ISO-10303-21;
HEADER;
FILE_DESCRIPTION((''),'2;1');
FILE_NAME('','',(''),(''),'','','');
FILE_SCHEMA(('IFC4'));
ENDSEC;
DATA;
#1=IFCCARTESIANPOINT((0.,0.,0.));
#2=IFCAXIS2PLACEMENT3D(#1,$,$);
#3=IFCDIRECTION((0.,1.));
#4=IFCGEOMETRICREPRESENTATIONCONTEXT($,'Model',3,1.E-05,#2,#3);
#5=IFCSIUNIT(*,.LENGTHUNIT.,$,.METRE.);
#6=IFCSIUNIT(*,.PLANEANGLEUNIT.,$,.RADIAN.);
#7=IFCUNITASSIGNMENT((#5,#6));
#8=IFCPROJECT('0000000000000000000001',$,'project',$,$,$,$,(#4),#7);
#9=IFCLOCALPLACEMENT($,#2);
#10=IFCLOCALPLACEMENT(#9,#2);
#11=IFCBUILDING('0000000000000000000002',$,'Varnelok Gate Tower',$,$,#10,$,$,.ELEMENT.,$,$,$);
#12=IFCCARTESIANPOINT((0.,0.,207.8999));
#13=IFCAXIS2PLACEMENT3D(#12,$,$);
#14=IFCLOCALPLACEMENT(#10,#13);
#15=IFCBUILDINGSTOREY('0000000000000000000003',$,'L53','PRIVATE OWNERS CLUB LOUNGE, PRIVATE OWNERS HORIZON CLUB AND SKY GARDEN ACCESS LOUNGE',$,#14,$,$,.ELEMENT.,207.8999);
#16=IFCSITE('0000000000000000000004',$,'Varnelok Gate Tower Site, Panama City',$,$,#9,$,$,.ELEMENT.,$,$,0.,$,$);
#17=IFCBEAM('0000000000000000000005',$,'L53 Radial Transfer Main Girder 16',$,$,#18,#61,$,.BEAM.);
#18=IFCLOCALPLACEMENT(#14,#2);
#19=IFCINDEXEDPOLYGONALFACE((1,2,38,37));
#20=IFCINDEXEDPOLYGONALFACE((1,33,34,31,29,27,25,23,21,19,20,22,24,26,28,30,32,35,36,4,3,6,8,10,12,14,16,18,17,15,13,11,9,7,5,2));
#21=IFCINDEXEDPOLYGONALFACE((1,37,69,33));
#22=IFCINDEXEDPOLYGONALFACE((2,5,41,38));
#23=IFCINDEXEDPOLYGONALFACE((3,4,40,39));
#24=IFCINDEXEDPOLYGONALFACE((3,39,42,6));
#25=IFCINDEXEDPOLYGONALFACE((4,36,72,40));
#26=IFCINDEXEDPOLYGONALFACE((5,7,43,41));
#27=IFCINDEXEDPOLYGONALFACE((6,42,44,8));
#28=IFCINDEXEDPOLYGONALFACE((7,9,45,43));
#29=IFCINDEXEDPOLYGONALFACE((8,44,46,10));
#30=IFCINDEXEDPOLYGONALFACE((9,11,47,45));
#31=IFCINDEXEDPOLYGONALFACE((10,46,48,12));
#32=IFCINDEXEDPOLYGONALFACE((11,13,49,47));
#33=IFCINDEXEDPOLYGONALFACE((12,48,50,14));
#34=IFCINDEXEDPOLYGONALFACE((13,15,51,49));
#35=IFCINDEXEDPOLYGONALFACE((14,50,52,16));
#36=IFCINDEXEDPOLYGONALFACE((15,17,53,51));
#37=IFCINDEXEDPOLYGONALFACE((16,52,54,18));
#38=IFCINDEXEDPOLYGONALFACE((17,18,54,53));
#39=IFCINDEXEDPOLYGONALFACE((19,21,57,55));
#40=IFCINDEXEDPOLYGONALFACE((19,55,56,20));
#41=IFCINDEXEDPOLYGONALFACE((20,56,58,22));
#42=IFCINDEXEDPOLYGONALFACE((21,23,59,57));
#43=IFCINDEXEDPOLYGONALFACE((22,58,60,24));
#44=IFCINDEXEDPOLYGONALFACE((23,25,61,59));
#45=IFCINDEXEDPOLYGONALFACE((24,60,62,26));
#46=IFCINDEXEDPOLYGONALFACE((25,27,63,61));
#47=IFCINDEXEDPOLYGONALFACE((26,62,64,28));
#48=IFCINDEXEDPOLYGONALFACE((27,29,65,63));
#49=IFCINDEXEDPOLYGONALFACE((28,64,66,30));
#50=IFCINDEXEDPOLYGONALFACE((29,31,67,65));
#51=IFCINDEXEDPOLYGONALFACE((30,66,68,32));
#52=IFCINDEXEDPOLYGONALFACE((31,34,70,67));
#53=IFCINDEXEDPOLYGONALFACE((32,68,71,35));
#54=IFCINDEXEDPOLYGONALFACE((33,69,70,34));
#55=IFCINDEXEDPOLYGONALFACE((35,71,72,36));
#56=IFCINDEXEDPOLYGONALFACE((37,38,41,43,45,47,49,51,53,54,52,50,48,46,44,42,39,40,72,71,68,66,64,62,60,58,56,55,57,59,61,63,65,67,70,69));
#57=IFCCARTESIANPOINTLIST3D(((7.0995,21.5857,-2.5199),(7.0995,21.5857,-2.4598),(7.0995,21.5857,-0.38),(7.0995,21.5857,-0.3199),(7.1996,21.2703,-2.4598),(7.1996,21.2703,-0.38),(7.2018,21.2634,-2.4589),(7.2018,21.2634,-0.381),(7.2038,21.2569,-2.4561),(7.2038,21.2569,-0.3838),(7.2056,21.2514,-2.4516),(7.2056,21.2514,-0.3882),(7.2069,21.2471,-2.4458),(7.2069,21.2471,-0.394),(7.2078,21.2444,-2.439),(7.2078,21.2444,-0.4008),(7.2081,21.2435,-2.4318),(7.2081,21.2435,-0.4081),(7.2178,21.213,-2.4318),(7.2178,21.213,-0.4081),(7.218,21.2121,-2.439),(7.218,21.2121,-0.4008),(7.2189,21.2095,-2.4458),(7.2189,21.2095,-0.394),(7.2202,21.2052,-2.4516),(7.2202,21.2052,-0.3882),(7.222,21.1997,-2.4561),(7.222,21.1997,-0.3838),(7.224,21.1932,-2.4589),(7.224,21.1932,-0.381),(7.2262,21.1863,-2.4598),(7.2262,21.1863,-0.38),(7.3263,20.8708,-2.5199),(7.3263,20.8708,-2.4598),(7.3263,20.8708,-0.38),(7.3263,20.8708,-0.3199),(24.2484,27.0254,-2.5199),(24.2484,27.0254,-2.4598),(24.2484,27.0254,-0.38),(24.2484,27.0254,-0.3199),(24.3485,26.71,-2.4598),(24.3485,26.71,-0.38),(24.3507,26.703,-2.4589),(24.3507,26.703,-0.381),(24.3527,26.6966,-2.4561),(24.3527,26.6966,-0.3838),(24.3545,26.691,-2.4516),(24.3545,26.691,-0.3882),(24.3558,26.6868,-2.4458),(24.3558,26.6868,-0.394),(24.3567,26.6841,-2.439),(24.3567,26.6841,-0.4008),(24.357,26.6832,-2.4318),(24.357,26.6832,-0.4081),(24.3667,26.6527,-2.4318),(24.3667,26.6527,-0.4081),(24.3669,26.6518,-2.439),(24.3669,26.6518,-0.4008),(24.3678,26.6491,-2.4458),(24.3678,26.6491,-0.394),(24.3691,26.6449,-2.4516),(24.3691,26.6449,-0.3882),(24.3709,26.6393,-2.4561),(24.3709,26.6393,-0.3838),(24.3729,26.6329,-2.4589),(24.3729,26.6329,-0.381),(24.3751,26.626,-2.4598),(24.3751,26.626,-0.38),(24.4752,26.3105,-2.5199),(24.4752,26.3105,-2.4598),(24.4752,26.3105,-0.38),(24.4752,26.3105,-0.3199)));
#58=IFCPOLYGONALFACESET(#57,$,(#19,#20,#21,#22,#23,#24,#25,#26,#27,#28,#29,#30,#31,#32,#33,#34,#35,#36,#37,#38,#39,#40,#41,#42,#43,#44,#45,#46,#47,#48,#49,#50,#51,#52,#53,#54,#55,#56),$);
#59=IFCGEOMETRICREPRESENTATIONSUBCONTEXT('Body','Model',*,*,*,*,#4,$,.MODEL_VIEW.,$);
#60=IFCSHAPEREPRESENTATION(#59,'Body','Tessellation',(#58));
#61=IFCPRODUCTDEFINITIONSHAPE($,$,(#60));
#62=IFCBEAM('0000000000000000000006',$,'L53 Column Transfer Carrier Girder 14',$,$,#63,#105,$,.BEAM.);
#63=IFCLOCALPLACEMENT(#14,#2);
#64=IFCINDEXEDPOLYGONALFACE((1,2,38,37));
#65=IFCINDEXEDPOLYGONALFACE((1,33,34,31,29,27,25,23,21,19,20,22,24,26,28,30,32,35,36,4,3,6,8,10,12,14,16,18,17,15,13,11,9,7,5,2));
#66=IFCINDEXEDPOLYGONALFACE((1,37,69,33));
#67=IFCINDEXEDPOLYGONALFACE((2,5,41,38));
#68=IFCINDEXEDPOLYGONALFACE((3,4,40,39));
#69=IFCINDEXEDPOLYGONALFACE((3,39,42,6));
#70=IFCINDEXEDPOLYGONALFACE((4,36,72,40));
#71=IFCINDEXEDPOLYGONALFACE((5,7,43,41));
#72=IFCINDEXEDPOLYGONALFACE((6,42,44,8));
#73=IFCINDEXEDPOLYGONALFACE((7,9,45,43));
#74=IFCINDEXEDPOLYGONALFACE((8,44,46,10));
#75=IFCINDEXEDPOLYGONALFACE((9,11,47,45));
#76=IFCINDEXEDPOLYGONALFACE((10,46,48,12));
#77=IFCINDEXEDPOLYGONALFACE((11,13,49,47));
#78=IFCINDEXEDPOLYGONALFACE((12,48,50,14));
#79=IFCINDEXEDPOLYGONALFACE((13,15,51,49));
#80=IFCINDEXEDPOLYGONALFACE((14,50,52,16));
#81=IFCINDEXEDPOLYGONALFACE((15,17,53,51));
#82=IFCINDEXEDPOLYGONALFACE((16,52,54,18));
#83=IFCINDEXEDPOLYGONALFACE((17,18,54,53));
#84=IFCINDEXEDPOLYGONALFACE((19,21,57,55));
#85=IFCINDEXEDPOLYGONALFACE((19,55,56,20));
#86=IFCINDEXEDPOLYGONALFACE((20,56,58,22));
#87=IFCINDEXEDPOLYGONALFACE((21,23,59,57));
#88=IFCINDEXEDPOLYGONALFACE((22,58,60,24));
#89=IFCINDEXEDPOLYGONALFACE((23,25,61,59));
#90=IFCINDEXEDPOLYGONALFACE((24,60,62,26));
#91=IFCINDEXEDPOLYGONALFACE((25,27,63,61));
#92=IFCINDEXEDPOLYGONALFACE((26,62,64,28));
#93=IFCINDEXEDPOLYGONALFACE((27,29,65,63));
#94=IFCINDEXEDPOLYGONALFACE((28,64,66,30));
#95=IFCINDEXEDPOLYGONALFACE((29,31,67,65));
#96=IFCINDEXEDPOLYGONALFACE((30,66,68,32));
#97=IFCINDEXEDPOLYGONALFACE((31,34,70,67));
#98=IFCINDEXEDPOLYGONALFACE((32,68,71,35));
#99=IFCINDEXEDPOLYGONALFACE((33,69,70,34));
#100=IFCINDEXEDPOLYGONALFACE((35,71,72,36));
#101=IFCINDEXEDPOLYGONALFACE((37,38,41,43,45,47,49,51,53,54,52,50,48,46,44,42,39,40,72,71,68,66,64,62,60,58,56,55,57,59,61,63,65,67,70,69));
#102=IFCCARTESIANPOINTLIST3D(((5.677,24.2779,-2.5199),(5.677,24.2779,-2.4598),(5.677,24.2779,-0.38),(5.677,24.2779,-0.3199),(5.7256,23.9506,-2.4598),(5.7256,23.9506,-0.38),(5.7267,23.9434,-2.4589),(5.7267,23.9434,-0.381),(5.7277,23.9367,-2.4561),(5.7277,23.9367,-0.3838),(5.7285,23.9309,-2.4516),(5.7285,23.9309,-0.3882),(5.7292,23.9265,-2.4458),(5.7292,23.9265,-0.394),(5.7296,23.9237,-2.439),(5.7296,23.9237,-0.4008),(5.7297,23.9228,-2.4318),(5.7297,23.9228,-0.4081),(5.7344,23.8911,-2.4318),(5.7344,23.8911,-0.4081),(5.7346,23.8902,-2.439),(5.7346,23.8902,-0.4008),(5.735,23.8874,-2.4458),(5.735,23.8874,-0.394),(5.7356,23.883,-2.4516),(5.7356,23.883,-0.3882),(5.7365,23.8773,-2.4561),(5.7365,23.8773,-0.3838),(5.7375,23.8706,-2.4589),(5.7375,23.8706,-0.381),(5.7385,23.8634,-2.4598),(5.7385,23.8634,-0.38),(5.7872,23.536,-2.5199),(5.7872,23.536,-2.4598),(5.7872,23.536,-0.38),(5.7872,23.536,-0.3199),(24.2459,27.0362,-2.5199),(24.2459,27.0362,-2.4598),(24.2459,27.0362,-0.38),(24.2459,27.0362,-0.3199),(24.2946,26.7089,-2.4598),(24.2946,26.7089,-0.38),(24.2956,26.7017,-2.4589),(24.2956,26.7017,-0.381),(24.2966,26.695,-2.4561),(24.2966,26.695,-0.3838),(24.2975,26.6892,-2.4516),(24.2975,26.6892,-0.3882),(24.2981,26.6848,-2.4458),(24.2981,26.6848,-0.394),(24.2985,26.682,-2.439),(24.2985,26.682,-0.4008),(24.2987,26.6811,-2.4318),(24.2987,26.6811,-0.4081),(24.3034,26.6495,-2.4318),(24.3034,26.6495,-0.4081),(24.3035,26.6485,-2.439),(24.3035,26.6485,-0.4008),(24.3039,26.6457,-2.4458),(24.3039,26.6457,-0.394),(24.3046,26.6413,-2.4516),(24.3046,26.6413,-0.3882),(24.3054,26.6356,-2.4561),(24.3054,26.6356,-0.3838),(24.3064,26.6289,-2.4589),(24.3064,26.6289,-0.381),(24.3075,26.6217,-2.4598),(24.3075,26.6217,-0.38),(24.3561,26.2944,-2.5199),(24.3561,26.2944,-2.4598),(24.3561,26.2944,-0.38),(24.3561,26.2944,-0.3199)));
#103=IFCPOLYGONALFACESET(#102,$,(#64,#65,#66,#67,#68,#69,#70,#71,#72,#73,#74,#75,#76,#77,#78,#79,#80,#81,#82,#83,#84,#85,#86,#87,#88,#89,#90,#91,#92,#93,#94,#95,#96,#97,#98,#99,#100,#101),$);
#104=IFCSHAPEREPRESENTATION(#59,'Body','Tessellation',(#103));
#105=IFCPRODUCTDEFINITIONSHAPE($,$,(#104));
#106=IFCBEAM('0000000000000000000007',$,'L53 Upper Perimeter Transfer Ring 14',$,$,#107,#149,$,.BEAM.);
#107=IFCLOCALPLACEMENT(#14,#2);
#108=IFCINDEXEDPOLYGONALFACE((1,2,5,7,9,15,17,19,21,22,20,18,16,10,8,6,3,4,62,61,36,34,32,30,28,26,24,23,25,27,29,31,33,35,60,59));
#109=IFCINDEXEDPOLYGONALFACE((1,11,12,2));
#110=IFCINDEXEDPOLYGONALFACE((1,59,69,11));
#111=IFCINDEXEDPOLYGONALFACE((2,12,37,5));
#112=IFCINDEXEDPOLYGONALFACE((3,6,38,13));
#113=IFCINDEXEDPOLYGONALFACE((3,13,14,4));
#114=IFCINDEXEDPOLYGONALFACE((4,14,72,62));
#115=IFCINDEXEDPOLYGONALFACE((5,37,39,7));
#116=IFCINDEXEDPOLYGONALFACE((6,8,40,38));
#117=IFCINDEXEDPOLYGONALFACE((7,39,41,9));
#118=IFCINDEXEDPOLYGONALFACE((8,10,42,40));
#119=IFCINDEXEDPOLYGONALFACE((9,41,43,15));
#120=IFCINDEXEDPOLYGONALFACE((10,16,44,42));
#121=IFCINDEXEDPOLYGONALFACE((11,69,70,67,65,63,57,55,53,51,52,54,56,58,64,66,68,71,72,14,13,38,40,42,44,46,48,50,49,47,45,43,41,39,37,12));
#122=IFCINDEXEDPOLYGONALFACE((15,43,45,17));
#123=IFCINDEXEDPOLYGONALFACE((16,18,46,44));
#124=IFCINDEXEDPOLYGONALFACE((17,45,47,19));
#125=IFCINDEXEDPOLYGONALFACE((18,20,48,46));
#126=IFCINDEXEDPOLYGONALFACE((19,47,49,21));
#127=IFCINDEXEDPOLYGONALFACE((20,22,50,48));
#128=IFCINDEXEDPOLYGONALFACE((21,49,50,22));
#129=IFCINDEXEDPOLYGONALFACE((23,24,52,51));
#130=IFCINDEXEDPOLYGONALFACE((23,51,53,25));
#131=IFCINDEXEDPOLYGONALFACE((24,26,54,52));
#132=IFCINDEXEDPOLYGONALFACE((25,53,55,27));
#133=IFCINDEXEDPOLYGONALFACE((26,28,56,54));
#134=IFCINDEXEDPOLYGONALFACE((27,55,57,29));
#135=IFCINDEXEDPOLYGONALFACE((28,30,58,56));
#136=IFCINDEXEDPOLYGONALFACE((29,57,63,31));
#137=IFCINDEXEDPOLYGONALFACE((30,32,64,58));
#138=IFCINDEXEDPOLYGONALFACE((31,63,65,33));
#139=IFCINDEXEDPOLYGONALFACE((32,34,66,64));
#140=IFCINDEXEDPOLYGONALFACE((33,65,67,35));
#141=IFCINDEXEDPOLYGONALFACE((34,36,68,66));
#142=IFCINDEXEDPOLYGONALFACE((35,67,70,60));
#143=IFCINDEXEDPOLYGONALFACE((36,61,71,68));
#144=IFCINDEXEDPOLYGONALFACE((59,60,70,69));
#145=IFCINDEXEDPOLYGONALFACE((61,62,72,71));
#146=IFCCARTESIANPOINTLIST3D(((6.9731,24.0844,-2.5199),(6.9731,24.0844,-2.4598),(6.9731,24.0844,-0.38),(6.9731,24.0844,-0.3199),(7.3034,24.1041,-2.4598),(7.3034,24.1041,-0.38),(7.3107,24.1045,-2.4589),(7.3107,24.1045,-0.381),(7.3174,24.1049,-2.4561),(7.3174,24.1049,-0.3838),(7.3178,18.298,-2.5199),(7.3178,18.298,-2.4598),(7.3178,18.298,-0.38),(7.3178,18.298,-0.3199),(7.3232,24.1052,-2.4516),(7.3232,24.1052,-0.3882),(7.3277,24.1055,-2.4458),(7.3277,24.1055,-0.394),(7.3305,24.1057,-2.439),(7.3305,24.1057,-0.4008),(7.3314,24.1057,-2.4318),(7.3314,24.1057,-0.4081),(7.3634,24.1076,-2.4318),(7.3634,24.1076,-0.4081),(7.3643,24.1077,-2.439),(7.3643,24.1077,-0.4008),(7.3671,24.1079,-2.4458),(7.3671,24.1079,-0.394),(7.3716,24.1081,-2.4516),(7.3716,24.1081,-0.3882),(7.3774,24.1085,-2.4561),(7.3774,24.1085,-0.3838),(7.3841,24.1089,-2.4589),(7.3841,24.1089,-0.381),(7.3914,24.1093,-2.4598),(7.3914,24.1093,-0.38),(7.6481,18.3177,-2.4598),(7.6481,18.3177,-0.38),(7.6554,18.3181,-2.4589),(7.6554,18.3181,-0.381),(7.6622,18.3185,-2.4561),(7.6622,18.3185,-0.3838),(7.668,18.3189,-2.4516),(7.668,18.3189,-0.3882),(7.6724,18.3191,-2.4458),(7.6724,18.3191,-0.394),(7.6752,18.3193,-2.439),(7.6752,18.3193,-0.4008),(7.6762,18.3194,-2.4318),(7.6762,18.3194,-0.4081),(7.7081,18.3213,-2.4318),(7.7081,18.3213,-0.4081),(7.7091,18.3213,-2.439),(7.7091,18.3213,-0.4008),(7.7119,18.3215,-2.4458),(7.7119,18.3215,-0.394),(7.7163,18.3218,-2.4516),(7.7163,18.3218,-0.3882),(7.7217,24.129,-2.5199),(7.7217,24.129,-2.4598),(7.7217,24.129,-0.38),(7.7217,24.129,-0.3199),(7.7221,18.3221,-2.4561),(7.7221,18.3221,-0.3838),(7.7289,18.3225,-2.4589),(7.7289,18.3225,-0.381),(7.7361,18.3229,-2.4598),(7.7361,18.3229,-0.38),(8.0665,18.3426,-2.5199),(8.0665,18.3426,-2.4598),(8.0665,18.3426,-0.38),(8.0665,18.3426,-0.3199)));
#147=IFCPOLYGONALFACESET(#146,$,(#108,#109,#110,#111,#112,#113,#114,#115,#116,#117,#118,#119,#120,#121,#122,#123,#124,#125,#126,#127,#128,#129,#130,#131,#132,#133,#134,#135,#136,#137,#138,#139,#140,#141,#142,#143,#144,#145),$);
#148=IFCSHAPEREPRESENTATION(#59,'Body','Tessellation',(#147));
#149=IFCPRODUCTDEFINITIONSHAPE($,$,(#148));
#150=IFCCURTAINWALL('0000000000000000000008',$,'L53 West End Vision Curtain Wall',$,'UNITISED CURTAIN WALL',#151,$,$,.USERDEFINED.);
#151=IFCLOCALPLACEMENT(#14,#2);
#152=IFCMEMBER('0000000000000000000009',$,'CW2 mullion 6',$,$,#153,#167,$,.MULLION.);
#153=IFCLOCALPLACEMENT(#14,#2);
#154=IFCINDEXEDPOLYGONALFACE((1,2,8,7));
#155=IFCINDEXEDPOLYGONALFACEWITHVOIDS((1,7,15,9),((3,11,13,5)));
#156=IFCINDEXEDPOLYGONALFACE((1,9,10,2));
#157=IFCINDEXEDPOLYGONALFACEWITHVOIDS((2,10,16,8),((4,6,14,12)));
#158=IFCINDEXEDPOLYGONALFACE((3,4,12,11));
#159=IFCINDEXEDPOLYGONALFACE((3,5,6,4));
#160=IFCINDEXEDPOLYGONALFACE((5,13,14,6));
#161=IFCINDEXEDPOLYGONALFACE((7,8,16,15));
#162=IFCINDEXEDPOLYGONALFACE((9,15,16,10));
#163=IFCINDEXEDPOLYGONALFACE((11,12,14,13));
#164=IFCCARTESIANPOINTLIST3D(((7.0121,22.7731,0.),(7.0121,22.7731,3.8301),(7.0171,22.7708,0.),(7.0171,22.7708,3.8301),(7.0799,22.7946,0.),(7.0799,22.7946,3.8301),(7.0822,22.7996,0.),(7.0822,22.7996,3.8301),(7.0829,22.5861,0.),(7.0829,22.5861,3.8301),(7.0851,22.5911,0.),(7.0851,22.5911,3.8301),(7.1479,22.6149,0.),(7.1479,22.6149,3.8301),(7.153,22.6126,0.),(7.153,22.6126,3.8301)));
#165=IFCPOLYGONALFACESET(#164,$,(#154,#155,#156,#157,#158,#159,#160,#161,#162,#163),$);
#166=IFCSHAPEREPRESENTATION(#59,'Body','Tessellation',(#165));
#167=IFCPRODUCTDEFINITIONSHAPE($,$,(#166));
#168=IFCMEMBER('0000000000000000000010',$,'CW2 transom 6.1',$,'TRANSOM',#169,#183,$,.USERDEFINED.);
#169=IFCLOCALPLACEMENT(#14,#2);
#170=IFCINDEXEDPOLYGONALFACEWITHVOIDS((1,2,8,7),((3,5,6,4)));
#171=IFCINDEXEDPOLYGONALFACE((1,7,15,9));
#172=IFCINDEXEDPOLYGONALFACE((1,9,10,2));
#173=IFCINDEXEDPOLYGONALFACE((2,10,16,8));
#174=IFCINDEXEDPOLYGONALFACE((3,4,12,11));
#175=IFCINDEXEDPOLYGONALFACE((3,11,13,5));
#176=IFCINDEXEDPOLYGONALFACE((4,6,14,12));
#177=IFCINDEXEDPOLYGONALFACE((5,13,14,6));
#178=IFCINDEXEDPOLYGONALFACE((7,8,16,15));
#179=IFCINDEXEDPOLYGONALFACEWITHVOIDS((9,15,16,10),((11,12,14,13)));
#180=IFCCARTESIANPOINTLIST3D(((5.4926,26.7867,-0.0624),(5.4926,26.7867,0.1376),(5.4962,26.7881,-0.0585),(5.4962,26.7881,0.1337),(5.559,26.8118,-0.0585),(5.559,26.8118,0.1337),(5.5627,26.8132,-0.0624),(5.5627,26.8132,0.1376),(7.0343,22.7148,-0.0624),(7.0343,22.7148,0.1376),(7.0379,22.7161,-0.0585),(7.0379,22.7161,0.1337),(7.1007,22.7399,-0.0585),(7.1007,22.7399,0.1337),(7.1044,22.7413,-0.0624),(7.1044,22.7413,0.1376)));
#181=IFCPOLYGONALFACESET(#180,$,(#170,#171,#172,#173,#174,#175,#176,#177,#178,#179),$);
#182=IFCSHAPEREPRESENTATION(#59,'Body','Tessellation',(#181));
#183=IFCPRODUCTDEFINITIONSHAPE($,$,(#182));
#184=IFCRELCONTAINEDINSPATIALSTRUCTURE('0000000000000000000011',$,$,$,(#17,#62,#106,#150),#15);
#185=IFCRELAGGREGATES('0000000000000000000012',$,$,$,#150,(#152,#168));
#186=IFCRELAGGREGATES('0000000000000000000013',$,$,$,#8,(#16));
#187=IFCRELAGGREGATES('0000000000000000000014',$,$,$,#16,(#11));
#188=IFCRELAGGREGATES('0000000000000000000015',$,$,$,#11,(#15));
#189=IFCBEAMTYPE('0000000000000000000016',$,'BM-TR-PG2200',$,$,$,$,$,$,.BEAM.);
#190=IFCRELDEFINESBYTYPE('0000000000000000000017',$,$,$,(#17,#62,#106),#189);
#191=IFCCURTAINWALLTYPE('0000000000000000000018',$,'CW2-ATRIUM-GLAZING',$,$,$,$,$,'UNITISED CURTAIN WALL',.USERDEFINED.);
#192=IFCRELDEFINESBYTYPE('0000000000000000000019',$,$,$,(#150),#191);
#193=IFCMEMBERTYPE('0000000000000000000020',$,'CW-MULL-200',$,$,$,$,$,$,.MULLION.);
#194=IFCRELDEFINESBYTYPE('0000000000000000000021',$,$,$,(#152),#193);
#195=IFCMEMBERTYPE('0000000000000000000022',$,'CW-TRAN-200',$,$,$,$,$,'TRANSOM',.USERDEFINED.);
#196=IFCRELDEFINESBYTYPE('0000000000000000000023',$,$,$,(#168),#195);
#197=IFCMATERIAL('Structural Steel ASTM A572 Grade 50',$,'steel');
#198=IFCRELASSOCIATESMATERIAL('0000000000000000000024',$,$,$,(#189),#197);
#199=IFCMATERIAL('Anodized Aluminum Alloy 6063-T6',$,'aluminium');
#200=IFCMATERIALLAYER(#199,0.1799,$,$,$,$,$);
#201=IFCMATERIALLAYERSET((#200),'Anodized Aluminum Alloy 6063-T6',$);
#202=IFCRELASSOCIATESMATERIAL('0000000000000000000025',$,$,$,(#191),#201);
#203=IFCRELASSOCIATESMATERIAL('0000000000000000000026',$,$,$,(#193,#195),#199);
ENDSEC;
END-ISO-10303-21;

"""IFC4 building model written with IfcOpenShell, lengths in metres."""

from ifc_helpers import new_model, si_unit, direction, frame, origin, origin_2d, place, context, subcontext, project, spatial, hollow_rectangle, i_section, extrude, material, layer, layer_set, material_profile, profile_set, type_object, element, aggregate, save


model = new_model("IFC4")

# Units and contexts
model_context = context("Model", 3, precision=1e-05, world=origin(), true_north=direction((0.0, 1.0)))
body_context = subcontext(model_context, "Body", "Model", "MODEL_VIEW")
ifc_project = project(units=[si_unit("LENGTHUNIT", "METRE"), si_unit("PLANEANGLEUNIT", "RADIAN")], contexts=[model_context])

# Site, building, storey
site_placement = place(None, origin())
site = spatial("IfcSite", under=ifc_project, at=site_placement, Name="Varnelok Gate Tower Site, Panama City", CompositionType="ELEMENT", RefElevation=0.0)
building_placement = place(site_placement, origin())
building = spatial("IfcBuilding", under=site, at=building_placement, Name="Varnelok Gate Tower", CompositionType="ELEMENT")
storey_placement = place(building_placement, frame((0.0, 0.0, 207.8999)))
storey = spatial("IfcBuildingStorey", under=building, at=storey_placement, Name="L53", Description="PRIVATE OWNERS CLUB LOUNGE, PRIVATE OWNERS HORIZON CLUB AND SKY GARDEN ACCESS LOUNGE", CompositionType="ELEMENT", Elevation=207.8999)

# Beams
ifc_material_1 = material(Name="Structural Steel ASTM A572 Grade 50", Category="steel")
ifc_material_profile_1 = material_profile(ifc_material_1, i_section(OverallWidth=0.75, OverallDepth=2.2, WebThickness=0.032, FlangeThickness=0.0601, FilletRadius=0.0281, at=origin_2d()), Name="PG2200X750")
ifc_profile_set_1 = profile_set([ifc_material_profile_1], Name="Structural Steel ASTM A572 Grade 50")
beam_type_1 = type_object("IfcBeamType", Name="BM-TR-PG2200", PredefinedType="BEAM", material=ifc_profile_set_1)
beam_1_placement = place(storey_placement, frame((24.3618, 26.668, -1.4199), z_axis=(-0.953195, -0.302357, 0.0), x_axis=(0.302357, -0.953195, 0.0)))
element("IfcBeam", 1, at=beam_1_placement, inside=storey, type_object=beam_type_1, Name="L53 Radial Transfer Main Girder 16", PredefinedType="BEAM", context=body_context, shape_type="SweptSolid", body=[
    extrude(i_section(OverallWidth=0.75, OverallDepth=2.2, WebThickness=0.032, FlangeThickness=0.0601, FilletRadius=0.0281, at=origin_2d()), origin(), (0.0, 0.0, 1.0), 17.991),
])
beam_2_placement = place(storey_placement, frame((24.301, 26.6653, -1.4199), z_axis=(-0.989147, -0.146932, 0.0), x_axis=(0.146932, -0.989147, 0.0)))
element("IfcBeam", 2, at=beam_2_placement, inside=storey, type_object=beam_type_1, Name="L53 Column Transfer Carrier Girder 14", PredefinedType="BEAM", context=body_context, shape_type="SweptSolid", body=[
    extrude(i_section(OverallWidth=0.75, OverallDepth=2.2, WebThickness=0.032, FlangeThickness=0.0601, FilletRadius=0.0281, at=origin_2d()), origin(), (0.0, 0.0, 1.0), 18.7727),
])
beam_3_placement = place(storey_placement, frame((7.3474, 24.1067, -1.4199), z_axis=(0.05947, -0.99823, 0.0), x_axis=(0.99823, 0.05947, 0.0)))
element("IfcBeam", 3, at=beam_3_placement, inside=storey, type_object=beam_type_1, Name="L53 Upper Perimeter Transfer Ring 14", PredefinedType="BEAM", context=body_context, shape_type="SweptSolid", body=[
    extrude(i_section(OverallWidth=0.75, OverallDepth=2.2, WebThickness=0.032, FlangeThickness=0.0601, FilletRadius=0.0281, at=origin_2d()), origin(), (0.0, 0.0, 1.0), 5.7966),
])

# Curtain wall, members
ifc_material_2 = material(Name="Anodized Aluminum Alloy 6063-T6", Category="aluminium")
ifc_layer_1 = layer(ifc_material_2, 0.1799)
ifc_layer_set_1 = layer_set([ifc_layer_1], Name="Anodized Aluminum Alloy 6063-T6")
curtain_wall_type = type_object("IfcCurtainWallType", Name="CW2-ATRIUM-GLAZING", ElementType="UNITISED CURTAIN WALL", PredefinedType="USERDEFINED", material=ifc_layer_set_1)
curtain_wall_placement = place(storey_placement, origin())
curtain_wall = element("IfcCurtainWall", 4, at=curtain_wall_placement, inside=storey, type_object=curtain_wall_type, Name="L53 West End Vision Curtain Wall", ObjectType="UNITISED CURTAIN WALL", PredefinedType="USERDEFINED")
ifc_material_profile_2 = material_profile(ifc_material_2, hollow_rectangle(XDim=0.075, YDim=0.2, WallThickness=0.0039, at=origin_2d()), Name="ALU200X75X4")
ifc_profile_set_2 = profile_set([ifc_material_profile_2], Name="Anodized Aluminum Alloy 6063-T6")
member_type_1 = type_object("IfcMemberType", Name="CW-MULL-200", PredefinedType="MULLION", material=ifc_profile_set_2)
member_1_placement = place(storey_placement, frame((7.0825, 22.6929, 0.0), z_axis=(0.0, 0.0, 1.0), x_axis=(-0.935221, -0.354064, 0.0)))
member_1 = element("IfcMember", 5, at=member_1_placement, type_object=member_type_1, Name="CW2 mullion 6", PredefinedType="MULLION", context=body_context, shape_type="SweptSolid", body=[
    extrude(hollow_rectangle(XDim=0.075, YDim=0.2, WallThickness=0.0039, at=origin_2d()), origin(), (0.0, 0.0, 1.0), 3.8301),
])
ifc_material_profile_3 = material_profile(ifc_material_2, hollow_rectangle(XDim=0.075, YDim=0.2, WallThickness=0.0039, at=origin_2d()), Name="ALU200X75X4")
ifc_profile_set_3 = profile_set([ifc_material_profile_3], Name="Anodized Aluminum Alloy 6063-T6")
member_type_2 = type_object("IfcMemberType", Name="CW-TRAN-200", ElementType="TRANSOM", PredefinedType="USERDEFINED", material=ifc_profile_set_3)
member_2_placement = place(storey_placement, frame((7.0693, 22.728, 0.0376), z_axis=(-0.35409, 0.935211, 0.0), x_axis=(-0.935211, -0.35409, 0.0)))
member_2 = element("IfcMember", 6, at=member_2_placement, type_object=member_type_2, Name="CW2 transom 6.1", ObjectType="TRANSOM", PredefinedType="USERDEFINED", context=body_context, shape_type="SweptSolid", body=[
    extrude(hollow_rectangle(XDim=0.075, YDim=0.2, WallThickness=0.0039, at=origin_2d()), origin(), (0.0, 0.0, 1.0), 4.354),
])
aggregate(curtain_wall, [member_1, member_2])

save(model, "model.ifc")
